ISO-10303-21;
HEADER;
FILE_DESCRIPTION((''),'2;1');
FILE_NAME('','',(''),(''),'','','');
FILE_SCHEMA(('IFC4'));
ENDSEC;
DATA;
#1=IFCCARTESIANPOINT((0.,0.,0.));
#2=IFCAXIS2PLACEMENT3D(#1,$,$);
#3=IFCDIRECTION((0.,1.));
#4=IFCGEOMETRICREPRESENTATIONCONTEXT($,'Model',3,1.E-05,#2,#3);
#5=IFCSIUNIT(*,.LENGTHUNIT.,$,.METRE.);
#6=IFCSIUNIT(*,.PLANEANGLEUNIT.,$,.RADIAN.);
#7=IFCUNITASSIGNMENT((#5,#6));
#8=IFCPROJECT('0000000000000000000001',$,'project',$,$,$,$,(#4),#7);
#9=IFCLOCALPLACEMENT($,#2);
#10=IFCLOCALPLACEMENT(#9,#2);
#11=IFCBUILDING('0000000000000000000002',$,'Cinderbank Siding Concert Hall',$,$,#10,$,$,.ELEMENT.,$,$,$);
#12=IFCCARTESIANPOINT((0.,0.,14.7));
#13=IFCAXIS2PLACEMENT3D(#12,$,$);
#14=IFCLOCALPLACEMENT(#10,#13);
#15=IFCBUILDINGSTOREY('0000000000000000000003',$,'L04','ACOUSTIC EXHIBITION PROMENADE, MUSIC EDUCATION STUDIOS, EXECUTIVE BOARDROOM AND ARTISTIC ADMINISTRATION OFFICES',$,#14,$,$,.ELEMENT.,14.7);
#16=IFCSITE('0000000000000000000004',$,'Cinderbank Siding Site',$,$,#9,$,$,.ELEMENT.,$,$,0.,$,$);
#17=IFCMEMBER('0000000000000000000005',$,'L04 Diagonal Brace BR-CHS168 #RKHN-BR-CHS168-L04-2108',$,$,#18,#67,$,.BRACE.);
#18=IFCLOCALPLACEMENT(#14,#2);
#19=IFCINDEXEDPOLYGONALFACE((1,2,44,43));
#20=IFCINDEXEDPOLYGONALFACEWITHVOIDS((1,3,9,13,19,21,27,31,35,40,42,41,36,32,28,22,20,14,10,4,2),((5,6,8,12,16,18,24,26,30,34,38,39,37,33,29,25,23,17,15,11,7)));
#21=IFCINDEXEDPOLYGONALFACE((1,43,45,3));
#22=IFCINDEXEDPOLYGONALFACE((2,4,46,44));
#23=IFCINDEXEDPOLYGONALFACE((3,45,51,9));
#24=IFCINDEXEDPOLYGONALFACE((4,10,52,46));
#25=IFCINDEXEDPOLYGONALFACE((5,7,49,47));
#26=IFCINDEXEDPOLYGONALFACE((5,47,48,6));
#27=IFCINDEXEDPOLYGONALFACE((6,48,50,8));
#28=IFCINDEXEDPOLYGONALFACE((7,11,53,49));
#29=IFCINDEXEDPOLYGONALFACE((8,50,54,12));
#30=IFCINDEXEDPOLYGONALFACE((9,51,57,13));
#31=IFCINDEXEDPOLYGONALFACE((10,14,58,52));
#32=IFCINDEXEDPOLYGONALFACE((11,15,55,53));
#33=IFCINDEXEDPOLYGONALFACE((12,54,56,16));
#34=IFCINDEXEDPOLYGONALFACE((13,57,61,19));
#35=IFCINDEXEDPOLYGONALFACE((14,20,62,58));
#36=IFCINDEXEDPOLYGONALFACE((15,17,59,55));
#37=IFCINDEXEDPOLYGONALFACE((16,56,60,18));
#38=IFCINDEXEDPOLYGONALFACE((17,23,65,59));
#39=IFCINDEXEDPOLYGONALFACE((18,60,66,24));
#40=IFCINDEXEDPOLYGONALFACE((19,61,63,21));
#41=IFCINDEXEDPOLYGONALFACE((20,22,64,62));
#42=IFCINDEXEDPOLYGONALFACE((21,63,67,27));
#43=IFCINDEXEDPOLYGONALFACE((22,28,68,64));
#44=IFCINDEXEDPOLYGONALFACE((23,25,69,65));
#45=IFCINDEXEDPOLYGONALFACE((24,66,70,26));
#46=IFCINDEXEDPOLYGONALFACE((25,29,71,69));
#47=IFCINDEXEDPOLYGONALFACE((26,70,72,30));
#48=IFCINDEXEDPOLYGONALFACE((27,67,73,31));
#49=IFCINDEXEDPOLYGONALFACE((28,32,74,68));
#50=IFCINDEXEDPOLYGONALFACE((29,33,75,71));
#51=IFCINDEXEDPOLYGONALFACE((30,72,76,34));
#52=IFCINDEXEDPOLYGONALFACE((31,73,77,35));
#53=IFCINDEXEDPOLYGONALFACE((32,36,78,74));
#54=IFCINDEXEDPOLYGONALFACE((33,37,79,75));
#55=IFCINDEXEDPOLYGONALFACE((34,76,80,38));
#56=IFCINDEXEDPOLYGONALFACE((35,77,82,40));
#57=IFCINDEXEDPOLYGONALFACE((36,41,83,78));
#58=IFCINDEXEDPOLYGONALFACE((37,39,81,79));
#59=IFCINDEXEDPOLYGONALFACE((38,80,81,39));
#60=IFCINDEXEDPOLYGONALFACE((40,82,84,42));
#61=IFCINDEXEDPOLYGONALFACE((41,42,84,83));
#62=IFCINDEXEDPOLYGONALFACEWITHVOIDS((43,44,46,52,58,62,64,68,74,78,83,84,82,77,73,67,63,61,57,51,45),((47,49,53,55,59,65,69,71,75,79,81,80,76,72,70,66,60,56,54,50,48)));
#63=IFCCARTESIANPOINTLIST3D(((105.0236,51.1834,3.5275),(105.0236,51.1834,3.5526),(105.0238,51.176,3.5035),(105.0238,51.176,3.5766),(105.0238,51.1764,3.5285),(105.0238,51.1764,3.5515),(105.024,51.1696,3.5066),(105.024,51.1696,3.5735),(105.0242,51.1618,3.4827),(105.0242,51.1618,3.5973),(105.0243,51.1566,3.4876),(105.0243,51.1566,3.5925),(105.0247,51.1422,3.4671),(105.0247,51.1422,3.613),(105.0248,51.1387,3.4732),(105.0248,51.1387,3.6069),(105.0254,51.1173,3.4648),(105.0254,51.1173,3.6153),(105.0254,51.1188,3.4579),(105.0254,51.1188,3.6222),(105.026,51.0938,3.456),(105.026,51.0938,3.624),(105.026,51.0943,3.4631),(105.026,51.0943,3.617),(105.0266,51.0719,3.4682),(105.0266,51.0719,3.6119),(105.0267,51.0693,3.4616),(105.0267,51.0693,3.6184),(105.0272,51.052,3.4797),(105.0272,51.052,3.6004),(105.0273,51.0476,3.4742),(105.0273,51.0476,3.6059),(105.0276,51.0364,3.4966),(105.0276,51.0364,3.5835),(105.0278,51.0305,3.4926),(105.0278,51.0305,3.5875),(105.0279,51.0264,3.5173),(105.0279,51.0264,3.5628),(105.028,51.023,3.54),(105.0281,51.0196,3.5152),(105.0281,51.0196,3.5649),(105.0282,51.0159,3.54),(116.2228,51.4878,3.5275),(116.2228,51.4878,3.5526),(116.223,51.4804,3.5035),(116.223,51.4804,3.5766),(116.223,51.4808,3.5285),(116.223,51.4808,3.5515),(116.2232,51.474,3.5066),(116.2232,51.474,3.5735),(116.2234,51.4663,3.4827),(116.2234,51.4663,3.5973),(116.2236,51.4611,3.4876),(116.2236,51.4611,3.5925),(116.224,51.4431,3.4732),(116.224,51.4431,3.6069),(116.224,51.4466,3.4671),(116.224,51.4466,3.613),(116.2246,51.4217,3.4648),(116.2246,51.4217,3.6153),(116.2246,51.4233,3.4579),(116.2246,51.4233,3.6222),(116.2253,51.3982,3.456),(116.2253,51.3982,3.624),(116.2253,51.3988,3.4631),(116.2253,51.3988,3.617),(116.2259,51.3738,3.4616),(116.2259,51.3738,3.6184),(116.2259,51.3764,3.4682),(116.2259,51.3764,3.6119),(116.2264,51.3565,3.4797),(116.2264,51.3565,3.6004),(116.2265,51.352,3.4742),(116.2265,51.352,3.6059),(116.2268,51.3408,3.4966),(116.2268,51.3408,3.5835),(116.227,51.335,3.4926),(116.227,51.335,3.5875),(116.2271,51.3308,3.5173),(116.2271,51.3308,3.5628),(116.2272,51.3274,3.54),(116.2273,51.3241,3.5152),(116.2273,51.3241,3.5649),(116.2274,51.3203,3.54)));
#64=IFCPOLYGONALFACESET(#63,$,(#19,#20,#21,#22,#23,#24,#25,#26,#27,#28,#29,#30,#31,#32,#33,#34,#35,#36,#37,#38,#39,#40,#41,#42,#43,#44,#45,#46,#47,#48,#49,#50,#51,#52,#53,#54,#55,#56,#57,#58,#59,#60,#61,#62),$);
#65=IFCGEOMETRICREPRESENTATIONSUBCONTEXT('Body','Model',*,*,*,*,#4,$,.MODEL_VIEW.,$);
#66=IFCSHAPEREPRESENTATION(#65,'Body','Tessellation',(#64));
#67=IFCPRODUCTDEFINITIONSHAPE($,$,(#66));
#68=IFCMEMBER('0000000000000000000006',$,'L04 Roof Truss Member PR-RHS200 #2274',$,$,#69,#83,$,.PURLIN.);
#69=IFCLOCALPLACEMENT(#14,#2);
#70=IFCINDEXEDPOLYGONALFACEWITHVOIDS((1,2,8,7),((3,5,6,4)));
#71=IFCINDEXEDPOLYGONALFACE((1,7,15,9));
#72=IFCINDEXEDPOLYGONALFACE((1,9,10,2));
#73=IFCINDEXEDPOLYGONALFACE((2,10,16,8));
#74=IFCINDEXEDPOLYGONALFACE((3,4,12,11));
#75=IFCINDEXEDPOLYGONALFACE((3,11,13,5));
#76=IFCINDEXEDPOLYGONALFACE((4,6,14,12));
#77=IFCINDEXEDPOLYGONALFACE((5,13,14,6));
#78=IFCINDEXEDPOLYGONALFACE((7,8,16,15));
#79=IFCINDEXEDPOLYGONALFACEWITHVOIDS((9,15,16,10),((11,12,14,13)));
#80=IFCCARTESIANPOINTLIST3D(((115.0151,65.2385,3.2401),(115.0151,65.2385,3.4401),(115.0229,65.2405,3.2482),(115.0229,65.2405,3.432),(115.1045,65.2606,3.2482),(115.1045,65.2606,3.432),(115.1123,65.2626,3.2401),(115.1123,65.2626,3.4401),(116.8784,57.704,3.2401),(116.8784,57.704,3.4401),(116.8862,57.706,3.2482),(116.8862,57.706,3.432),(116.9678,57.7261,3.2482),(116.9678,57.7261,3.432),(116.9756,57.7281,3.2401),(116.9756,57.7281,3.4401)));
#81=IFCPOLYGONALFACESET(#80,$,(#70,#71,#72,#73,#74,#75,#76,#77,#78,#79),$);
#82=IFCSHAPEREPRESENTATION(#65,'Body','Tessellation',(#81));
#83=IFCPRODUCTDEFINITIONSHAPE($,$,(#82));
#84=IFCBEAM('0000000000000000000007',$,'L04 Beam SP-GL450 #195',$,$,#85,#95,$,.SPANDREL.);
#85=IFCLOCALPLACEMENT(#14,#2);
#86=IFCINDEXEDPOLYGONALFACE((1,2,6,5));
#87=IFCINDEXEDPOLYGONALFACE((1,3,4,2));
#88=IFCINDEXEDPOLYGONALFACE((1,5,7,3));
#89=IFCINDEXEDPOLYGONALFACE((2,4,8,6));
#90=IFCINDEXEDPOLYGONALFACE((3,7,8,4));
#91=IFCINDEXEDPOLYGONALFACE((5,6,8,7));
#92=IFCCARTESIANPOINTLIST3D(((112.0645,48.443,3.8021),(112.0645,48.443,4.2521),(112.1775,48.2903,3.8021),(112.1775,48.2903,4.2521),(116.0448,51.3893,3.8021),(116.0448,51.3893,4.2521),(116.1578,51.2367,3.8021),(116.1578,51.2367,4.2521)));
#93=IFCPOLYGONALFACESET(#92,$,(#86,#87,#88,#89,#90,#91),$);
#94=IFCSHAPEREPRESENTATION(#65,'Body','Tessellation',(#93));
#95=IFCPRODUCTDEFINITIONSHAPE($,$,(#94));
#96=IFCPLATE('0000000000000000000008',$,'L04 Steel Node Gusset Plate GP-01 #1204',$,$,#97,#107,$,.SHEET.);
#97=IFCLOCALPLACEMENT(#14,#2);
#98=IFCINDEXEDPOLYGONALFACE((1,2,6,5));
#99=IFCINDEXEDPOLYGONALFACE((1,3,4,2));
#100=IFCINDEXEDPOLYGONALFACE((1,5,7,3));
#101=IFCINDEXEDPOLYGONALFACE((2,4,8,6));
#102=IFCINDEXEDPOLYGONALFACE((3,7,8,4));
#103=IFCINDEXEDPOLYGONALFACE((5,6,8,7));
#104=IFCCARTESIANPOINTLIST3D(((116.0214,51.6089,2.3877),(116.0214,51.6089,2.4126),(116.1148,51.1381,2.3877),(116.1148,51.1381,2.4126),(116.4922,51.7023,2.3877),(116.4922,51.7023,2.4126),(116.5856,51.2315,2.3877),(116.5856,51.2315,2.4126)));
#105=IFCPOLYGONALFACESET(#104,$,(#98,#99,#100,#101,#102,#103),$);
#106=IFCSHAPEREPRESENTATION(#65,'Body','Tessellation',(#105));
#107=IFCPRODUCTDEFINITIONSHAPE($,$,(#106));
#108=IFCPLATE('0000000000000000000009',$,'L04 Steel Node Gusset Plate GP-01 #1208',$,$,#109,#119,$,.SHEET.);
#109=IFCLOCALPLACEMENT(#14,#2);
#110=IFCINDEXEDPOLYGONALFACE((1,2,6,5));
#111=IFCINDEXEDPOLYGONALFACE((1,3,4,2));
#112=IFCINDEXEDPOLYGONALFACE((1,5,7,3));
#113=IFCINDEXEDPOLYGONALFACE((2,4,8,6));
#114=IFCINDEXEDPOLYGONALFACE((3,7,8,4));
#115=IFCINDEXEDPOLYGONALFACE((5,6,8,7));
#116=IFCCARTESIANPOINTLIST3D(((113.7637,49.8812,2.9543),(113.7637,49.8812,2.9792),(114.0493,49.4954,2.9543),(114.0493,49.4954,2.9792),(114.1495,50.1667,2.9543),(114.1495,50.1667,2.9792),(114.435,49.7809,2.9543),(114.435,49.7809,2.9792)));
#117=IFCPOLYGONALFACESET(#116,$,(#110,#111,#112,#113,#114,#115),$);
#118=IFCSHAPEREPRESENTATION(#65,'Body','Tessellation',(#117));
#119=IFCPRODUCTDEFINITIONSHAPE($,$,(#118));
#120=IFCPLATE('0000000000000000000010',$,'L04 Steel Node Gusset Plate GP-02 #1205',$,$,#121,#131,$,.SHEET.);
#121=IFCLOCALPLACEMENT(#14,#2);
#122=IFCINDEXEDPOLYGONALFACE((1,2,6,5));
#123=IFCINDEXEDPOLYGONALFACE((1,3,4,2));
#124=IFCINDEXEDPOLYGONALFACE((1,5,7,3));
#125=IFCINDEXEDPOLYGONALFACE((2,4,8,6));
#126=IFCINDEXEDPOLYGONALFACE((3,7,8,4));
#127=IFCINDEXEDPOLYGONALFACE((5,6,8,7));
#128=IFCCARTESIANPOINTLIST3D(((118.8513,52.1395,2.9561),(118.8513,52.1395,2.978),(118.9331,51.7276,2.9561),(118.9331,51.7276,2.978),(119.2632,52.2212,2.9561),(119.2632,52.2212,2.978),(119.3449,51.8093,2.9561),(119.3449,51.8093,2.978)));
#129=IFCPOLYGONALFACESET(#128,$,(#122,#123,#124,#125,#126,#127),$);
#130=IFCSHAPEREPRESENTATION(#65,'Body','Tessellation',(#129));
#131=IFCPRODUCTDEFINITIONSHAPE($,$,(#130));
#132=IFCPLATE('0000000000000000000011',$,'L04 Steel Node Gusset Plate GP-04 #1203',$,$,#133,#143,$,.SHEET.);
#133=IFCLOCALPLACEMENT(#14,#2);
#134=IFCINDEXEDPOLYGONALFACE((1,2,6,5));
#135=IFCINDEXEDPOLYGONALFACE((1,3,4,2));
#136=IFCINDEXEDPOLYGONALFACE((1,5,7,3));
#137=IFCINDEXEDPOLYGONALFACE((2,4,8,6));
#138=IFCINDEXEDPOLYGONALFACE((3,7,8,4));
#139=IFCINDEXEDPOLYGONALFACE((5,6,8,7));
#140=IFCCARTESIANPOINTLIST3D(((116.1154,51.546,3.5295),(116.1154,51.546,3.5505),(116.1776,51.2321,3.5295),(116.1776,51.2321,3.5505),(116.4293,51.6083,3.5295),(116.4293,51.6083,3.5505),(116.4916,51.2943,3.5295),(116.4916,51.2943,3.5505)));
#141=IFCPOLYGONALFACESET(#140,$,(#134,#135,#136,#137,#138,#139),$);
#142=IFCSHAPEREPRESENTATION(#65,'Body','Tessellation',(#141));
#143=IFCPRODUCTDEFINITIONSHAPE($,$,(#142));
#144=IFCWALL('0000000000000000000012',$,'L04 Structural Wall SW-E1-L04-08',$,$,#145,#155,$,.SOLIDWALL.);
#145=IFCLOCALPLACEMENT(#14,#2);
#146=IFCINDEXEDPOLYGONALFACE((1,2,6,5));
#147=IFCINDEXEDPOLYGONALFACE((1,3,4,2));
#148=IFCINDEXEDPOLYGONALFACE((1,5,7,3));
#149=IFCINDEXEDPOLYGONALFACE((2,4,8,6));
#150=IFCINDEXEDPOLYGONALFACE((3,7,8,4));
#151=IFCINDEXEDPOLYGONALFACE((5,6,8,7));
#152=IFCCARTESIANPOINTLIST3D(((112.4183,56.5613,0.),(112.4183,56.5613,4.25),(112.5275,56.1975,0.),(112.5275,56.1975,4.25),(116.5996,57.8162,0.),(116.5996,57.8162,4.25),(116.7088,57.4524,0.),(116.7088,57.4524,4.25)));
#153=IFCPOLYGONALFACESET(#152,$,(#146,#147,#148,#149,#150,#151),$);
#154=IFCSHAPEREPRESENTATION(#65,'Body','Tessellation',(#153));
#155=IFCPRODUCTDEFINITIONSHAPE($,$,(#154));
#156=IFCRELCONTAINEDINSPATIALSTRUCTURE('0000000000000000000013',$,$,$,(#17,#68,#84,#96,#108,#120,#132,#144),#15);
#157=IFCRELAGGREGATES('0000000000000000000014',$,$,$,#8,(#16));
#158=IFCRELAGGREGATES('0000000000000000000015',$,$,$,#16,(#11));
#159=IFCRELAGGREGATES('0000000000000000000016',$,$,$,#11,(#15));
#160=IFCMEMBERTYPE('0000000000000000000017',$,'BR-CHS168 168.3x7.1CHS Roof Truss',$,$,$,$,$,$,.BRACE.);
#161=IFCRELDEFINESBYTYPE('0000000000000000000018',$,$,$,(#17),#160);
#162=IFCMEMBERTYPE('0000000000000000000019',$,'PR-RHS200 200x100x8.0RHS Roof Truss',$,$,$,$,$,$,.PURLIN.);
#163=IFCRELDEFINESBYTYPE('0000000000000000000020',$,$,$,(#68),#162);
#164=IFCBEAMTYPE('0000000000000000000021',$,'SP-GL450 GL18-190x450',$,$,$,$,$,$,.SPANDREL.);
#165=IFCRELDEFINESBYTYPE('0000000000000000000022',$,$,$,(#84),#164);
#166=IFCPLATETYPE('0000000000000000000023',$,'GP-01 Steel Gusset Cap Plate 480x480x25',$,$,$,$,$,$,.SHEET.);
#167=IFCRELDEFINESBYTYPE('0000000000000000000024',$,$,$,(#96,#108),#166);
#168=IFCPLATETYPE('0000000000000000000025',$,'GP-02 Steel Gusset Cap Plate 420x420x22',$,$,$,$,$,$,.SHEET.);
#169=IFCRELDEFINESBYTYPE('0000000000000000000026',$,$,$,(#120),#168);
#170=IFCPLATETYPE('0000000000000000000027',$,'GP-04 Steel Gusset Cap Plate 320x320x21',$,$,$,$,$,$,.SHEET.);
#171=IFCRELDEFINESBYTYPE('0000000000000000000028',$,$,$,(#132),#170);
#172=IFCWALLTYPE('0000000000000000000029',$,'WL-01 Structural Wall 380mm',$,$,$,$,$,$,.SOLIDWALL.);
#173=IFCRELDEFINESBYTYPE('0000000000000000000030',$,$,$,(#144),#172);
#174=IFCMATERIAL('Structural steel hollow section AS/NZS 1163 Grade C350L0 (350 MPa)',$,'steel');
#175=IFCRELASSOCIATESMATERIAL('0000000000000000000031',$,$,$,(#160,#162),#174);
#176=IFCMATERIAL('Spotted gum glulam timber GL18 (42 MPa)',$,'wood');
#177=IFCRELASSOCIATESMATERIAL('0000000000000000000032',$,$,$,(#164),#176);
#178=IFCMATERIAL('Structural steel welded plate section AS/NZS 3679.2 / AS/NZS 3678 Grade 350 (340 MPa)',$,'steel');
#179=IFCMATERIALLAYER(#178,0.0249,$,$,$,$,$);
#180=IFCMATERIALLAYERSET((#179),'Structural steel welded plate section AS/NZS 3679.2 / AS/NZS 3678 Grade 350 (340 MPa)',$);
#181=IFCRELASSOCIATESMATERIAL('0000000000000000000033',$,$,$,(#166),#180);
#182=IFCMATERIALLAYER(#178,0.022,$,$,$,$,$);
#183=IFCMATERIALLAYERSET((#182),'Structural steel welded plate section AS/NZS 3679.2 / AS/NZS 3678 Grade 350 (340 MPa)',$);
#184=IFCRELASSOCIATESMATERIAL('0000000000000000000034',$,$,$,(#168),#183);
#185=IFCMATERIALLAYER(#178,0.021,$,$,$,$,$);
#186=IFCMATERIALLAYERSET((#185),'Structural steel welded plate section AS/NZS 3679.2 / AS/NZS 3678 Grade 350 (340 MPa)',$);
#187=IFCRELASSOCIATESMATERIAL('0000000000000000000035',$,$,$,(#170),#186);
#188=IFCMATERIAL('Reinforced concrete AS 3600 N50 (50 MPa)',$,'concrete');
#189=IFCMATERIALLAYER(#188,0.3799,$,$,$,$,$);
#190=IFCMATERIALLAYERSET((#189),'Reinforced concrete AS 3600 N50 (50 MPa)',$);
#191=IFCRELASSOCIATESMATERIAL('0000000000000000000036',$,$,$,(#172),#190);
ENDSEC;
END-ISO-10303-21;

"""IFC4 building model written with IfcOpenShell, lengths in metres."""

from ifc_helpers import new_model, si_unit, direction, frame, frame_2d, origin, origin_2d, place, context, subcontext, project, spatial, rectangle, hollow_rectangle, hollow_circle, extrude, material, layer, layer_set, material_profile, profile_set, type_object, element, save


model = new_model("IFC4")

# Units and contexts
model_context = context("Model", 3, precision=1e-05, world=origin(), true_north=direction((0.0, 1.0)))
body_context = subcontext(model_context, "Body", "Model", "MODEL_VIEW")
ifc_project = project(units=[si_unit("LENGTHUNIT", "METRE"), si_unit("PLANEANGLEUNIT", "RADIAN")], contexts=[model_context])

# Site, building, storey
site_placement = place(None, origin())
site = spatial("IfcSite", under=ifc_project, at=site_placement, Name="Cinderbank Siding Site", CompositionType="ELEMENT", RefElevation=0.0)
building_placement = place(site_placement, origin())
building = spatial("IfcBuilding", under=site, at=building_placement, Name="Cinderbank Siding Concert Hall", CompositionType="ELEMENT")
storey_placement = place(building_placement, frame((0.0, 0.0, 14.7)))
storey = spatial("IfcBuildingStorey", under=building, at=storey_placement, Name="L04", Description="ACOUSTIC EXHIBITION PROMENADE, MUSIC EDUCATION STUDIOS, EXECUTIVE BOARDROOM AND ARTISTIC ADMINISTRATION OFFICES", CompositionType="ELEMENT", Elevation=14.7)

# Shared definitions
ifc_material_1 = material(Name="Structural steel hollow section AS/NZS 1163 Grade C350L0 (350 MPa)", Category="steel")
ifc_material_2 = material(Name="Reinforced concrete AS 3600 N50 (50 MPa)", Category="concrete")

# Members
ifc_material_profile_1 = material_profile(ifc_material_1, hollow_circle(Radius=0.0842, WallThickness=0.0071, at=origin_2d()), Name="168.3x7.1CHS", Category="LoadBearing")
ifc_profile_set_1 = profile_set([ifc_material_profile_1], Name="Structural steel hollow section AS/NZS 1163 Grade C350L0 (350 MPa)")
member_type_1 = type_object("IfcMemberType", Name="BR-CHS168 168.3x7.1CHS Roof Truss", PredefinedType="BRACE", material=ifc_profile_set_1)
member_1_placement = place(storey_placement, frame((116.2251, 51.4045, 3.54), z_axis=(-0.999631, -0.027174, 0.0), x_axis=(0.027174, -0.999631, 0.0)))
element("IfcMember", 1, at=member_1_placement, inside=storey, type_object=member_type_1, Name="L04 Diagonal Brace BR-CHS168 #RKHN-BR-CHS168-L04-2108", PredefinedType="BRACE", context=body_context, shape_type="SweptSolid", body=[
    extrude(hollow_circle(Radius=0.0842, WallThickness=0.0071, at=origin_2d()), origin(), (0.0, 0.0, 1.0), 11.2034),
])
ifc_material_profile_2 = material_profile(ifc_material_1, hollow_rectangle(XDim=0.1001, YDim=0.2, WallThickness=0.0081, at=origin_2d()), Name="200x100x8.0RHS", Category="LoadBearing")
ifc_profile_set_2 = profile_set([ifc_material_profile_2], Name="Structural steel hollow section AS/NZS 1163 Grade C350L0 (350 MPa)")
member_type_2 = type_object("IfcMemberType", Name="PR-RHS200 200x100x8.0RHS Roof Truss", PredefinedType="PURLIN", material=ifc_profile_set_2)
member_2_placement = place(storey_placement, frame((116.927, 57.7161, 3.3401), z_axis=(-0.24007, 0.970756, 0.0), x_axis=(-0.970756, -0.24007, 0.0)))
element("IfcMember", 2, at=member_2_placement, inside=storey, type_object=member_type_2, Name="L04 Roof Truss Member PR-RHS200 #2274", PredefinedType="PURLIN", context=body_context, shape_type="SweptSolid", body=[
    extrude(hollow_rectangle(XDim=0.1001, YDim=0.2, WallThickness=0.0081, at=origin_2d()), origin(), (0.0, 0.0, 1.0), 7.7615),
])

# Beam
ifc_material_3 = material(Name="Spotted gum glulam timber GL18 (42 MPa)", Category="wood")
ifc_material_profile_3 = material_profile(ifc_material_3, rectangle(XDim=0.1899, YDim=0.45, at=origin_2d()), Name="GL18-190x450", Category="LoadBearing")
ifc_profile_set_3 = profile_set([ifc_material_profile_3], Name="Spotted gum glulam timber GL18 (42 MPa)")
beam_type_1 = type_object("IfcBeamType", Name="SP-GL450 GL18-190x450", PredefinedType="SPANDREL", material=ifc_profile_set_3)
beam_1_placement = place(storey_placement, frame((116.1013, 51.313, 4.0271), z_axis=(-0.803753, -0.594963, 0.0), x_axis=(0.594963, -0.803753, 0.0)))
element("IfcBeam", 3, at=beam_1_placement, inside=storey, type_object=beam_type_1, Name="L04 Beam SP-GL450 #195", PredefinedType="SPANDREL", context=body_context, shape_type="SweptSolid", body=[
    extrude(rectangle(XDim=0.1899, YDim=0.45, at=origin_2d()), origin(), (0.0, 0.0, 1.0), 4.9521),
])

# Plates
ifc_material_4 = material(Name="Structural steel welded plate section AS/NZS 3679.2 / AS/NZS 3678 Grade 350 (340 MPa)", Category="steel")
ifc_layer_1 = layer(ifc_material_4, 0.0249)
ifc_layer_set_1 = layer_set([ifc_layer_1], Name="Structural steel welded plate section AS/NZS 3679.2 / AS/NZS 3678 Grade 350 (340 MPa)")
plate_type_1 = type_object("IfcPlateType", Name="GP-01 Steel Gusset Cap Plate 480x480x25", PredefinedType="SHEET", material=ifc_layer_set_1)
for number, where, z_axis, x_axis, name in (
    (4, (116.3035, 51.4202, 2.3877), (0.0, 0.0, 1.0), (0.980887, 0.194577, 0.0), "L04 Steel Node Gusset Plate GP-01 #1204"),
    (5, (114.0994, 49.8311, 2.9543), (0.0, 0.0, 1.0), (0.803753, 0.594963, 0.0), "L04 Steel Node Gusset Plate GP-01 #1208"),
):
    element("IfcPlate", number, at=place(storey_placement, frame(where, z_axis=z_axis, x_axis=x_axis)), inside=storey, type_object=plate_type_1, Name=name, PredefinedType="SHEET", context=body_context, shape_type="SweptSolid", body=[
        extrude(rectangle(XDim=0.48, YDim=0.48, at=origin_2d()), origin(), (0.0, 0.0, 1.0), 0.0249),
    ])
ifc_layer_2 = layer(ifc_material_4, 0.022)
ifc_layer_set_2 = layer_set([ifc_layer_2], Name="Structural steel welded plate section AS/NZS 3679.2 / AS/NZS 3678 Grade 350 (340 MPa)")
plate_type_2 = type_object("IfcPlateType", Name="GP-02 Steel Gusset Cap Plate 420x420x22", PredefinedType="SHEET", material=ifc_layer_set_2)
plate_1_placement = place(storey_placement, frame((119.0981, 51.9744, 2.9561), z_axis=(0.0, 0.0, 1.0), x_axis=(0.980887, 0.194577, 0.0)))
element("IfcPlate", 6, at=plate_1_placement, inside=storey, type_object=plate_type_2, Name="L04 Steel Node Gusset Plate GP-02 #1205", PredefinedType="SHEET", context=body_context, shape_type="SweptSolid", body=[
    extrude(rectangle(XDim=0.4199, YDim=0.4199, at=origin_2d()), origin(), (0.0, 0.0, 1.0), 0.022),
])
ifc_layer_3 = layer(ifc_material_4, 0.021)
ifc_layer_set_3 = layer_set([ifc_layer_3], Name="Structural steel welded plate section AS/NZS 3679.2 / AS/NZS 3678 Grade 350 (340 MPa)")
plate_type_3 = type_object("IfcPlateType", Name="GP-04 Steel Gusset Cap Plate 320x320x21", PredefinedType="SHEET", material=ifc_layer_set_3)
plate_2_placement = place(storey_placement, frame((116.3035, 51.4202, 3.5295), z_axis=(0.0, 0.0, 1.0), x_axis=(-0.980887, -0.194577, 0.0)))
element("IfcPlate", 7, at=plate_2_placement, inside=storey, type_object=plate_type_3, Name="L04 Steel Node Gusset Plate GP-04 #1203", PredefinedType="SHEET", context=body_context, shape_type="SweptSolid", body=[
    extrude(rectangle(XDim=0.3201, YDim=0.3201, at=origin_2d()), origin(), (0.0, 0.0, 1.0), 0.021),
])

# Wall
ifc_layer_4 = layer(ifc_material_2, 0.3799)
ifc_layer_set_4 = layer_set([ifc_layer_4], Name="Reinforced concrete AS 3600 N50 (50 MPa)")
wall_type_1 = type_object("IfcWallType", Name="WL-01 Structural Wall 380mm", PredefinedType="SOLIDWALL", material=ifc_layer_set_4)
wall_1_placement = place(storey_placement, frame((116.6541, 57.6343, 0.0), z_axis=(0.0, 0.0, 1.0), x_axis=(-0.957792, -0.287461, 0.0)))
element("IfcWall", 8, at=wall_1_placement, inside=storey, type_object=wall_type_1, Name="L04 Structural Wall SW-E1-L04-08", PredefinedType="SOLIDWALL", context=body_context, shape_type="SweptSolid", body=[
    extrude(rectangle(XDim=4.3655, YDim=0.3799, at=frame_2d((2.1826, 0.0))), origin(), (0.0, 0.0, 1.0), 4.25),
])

save(model, "model.ifc")
